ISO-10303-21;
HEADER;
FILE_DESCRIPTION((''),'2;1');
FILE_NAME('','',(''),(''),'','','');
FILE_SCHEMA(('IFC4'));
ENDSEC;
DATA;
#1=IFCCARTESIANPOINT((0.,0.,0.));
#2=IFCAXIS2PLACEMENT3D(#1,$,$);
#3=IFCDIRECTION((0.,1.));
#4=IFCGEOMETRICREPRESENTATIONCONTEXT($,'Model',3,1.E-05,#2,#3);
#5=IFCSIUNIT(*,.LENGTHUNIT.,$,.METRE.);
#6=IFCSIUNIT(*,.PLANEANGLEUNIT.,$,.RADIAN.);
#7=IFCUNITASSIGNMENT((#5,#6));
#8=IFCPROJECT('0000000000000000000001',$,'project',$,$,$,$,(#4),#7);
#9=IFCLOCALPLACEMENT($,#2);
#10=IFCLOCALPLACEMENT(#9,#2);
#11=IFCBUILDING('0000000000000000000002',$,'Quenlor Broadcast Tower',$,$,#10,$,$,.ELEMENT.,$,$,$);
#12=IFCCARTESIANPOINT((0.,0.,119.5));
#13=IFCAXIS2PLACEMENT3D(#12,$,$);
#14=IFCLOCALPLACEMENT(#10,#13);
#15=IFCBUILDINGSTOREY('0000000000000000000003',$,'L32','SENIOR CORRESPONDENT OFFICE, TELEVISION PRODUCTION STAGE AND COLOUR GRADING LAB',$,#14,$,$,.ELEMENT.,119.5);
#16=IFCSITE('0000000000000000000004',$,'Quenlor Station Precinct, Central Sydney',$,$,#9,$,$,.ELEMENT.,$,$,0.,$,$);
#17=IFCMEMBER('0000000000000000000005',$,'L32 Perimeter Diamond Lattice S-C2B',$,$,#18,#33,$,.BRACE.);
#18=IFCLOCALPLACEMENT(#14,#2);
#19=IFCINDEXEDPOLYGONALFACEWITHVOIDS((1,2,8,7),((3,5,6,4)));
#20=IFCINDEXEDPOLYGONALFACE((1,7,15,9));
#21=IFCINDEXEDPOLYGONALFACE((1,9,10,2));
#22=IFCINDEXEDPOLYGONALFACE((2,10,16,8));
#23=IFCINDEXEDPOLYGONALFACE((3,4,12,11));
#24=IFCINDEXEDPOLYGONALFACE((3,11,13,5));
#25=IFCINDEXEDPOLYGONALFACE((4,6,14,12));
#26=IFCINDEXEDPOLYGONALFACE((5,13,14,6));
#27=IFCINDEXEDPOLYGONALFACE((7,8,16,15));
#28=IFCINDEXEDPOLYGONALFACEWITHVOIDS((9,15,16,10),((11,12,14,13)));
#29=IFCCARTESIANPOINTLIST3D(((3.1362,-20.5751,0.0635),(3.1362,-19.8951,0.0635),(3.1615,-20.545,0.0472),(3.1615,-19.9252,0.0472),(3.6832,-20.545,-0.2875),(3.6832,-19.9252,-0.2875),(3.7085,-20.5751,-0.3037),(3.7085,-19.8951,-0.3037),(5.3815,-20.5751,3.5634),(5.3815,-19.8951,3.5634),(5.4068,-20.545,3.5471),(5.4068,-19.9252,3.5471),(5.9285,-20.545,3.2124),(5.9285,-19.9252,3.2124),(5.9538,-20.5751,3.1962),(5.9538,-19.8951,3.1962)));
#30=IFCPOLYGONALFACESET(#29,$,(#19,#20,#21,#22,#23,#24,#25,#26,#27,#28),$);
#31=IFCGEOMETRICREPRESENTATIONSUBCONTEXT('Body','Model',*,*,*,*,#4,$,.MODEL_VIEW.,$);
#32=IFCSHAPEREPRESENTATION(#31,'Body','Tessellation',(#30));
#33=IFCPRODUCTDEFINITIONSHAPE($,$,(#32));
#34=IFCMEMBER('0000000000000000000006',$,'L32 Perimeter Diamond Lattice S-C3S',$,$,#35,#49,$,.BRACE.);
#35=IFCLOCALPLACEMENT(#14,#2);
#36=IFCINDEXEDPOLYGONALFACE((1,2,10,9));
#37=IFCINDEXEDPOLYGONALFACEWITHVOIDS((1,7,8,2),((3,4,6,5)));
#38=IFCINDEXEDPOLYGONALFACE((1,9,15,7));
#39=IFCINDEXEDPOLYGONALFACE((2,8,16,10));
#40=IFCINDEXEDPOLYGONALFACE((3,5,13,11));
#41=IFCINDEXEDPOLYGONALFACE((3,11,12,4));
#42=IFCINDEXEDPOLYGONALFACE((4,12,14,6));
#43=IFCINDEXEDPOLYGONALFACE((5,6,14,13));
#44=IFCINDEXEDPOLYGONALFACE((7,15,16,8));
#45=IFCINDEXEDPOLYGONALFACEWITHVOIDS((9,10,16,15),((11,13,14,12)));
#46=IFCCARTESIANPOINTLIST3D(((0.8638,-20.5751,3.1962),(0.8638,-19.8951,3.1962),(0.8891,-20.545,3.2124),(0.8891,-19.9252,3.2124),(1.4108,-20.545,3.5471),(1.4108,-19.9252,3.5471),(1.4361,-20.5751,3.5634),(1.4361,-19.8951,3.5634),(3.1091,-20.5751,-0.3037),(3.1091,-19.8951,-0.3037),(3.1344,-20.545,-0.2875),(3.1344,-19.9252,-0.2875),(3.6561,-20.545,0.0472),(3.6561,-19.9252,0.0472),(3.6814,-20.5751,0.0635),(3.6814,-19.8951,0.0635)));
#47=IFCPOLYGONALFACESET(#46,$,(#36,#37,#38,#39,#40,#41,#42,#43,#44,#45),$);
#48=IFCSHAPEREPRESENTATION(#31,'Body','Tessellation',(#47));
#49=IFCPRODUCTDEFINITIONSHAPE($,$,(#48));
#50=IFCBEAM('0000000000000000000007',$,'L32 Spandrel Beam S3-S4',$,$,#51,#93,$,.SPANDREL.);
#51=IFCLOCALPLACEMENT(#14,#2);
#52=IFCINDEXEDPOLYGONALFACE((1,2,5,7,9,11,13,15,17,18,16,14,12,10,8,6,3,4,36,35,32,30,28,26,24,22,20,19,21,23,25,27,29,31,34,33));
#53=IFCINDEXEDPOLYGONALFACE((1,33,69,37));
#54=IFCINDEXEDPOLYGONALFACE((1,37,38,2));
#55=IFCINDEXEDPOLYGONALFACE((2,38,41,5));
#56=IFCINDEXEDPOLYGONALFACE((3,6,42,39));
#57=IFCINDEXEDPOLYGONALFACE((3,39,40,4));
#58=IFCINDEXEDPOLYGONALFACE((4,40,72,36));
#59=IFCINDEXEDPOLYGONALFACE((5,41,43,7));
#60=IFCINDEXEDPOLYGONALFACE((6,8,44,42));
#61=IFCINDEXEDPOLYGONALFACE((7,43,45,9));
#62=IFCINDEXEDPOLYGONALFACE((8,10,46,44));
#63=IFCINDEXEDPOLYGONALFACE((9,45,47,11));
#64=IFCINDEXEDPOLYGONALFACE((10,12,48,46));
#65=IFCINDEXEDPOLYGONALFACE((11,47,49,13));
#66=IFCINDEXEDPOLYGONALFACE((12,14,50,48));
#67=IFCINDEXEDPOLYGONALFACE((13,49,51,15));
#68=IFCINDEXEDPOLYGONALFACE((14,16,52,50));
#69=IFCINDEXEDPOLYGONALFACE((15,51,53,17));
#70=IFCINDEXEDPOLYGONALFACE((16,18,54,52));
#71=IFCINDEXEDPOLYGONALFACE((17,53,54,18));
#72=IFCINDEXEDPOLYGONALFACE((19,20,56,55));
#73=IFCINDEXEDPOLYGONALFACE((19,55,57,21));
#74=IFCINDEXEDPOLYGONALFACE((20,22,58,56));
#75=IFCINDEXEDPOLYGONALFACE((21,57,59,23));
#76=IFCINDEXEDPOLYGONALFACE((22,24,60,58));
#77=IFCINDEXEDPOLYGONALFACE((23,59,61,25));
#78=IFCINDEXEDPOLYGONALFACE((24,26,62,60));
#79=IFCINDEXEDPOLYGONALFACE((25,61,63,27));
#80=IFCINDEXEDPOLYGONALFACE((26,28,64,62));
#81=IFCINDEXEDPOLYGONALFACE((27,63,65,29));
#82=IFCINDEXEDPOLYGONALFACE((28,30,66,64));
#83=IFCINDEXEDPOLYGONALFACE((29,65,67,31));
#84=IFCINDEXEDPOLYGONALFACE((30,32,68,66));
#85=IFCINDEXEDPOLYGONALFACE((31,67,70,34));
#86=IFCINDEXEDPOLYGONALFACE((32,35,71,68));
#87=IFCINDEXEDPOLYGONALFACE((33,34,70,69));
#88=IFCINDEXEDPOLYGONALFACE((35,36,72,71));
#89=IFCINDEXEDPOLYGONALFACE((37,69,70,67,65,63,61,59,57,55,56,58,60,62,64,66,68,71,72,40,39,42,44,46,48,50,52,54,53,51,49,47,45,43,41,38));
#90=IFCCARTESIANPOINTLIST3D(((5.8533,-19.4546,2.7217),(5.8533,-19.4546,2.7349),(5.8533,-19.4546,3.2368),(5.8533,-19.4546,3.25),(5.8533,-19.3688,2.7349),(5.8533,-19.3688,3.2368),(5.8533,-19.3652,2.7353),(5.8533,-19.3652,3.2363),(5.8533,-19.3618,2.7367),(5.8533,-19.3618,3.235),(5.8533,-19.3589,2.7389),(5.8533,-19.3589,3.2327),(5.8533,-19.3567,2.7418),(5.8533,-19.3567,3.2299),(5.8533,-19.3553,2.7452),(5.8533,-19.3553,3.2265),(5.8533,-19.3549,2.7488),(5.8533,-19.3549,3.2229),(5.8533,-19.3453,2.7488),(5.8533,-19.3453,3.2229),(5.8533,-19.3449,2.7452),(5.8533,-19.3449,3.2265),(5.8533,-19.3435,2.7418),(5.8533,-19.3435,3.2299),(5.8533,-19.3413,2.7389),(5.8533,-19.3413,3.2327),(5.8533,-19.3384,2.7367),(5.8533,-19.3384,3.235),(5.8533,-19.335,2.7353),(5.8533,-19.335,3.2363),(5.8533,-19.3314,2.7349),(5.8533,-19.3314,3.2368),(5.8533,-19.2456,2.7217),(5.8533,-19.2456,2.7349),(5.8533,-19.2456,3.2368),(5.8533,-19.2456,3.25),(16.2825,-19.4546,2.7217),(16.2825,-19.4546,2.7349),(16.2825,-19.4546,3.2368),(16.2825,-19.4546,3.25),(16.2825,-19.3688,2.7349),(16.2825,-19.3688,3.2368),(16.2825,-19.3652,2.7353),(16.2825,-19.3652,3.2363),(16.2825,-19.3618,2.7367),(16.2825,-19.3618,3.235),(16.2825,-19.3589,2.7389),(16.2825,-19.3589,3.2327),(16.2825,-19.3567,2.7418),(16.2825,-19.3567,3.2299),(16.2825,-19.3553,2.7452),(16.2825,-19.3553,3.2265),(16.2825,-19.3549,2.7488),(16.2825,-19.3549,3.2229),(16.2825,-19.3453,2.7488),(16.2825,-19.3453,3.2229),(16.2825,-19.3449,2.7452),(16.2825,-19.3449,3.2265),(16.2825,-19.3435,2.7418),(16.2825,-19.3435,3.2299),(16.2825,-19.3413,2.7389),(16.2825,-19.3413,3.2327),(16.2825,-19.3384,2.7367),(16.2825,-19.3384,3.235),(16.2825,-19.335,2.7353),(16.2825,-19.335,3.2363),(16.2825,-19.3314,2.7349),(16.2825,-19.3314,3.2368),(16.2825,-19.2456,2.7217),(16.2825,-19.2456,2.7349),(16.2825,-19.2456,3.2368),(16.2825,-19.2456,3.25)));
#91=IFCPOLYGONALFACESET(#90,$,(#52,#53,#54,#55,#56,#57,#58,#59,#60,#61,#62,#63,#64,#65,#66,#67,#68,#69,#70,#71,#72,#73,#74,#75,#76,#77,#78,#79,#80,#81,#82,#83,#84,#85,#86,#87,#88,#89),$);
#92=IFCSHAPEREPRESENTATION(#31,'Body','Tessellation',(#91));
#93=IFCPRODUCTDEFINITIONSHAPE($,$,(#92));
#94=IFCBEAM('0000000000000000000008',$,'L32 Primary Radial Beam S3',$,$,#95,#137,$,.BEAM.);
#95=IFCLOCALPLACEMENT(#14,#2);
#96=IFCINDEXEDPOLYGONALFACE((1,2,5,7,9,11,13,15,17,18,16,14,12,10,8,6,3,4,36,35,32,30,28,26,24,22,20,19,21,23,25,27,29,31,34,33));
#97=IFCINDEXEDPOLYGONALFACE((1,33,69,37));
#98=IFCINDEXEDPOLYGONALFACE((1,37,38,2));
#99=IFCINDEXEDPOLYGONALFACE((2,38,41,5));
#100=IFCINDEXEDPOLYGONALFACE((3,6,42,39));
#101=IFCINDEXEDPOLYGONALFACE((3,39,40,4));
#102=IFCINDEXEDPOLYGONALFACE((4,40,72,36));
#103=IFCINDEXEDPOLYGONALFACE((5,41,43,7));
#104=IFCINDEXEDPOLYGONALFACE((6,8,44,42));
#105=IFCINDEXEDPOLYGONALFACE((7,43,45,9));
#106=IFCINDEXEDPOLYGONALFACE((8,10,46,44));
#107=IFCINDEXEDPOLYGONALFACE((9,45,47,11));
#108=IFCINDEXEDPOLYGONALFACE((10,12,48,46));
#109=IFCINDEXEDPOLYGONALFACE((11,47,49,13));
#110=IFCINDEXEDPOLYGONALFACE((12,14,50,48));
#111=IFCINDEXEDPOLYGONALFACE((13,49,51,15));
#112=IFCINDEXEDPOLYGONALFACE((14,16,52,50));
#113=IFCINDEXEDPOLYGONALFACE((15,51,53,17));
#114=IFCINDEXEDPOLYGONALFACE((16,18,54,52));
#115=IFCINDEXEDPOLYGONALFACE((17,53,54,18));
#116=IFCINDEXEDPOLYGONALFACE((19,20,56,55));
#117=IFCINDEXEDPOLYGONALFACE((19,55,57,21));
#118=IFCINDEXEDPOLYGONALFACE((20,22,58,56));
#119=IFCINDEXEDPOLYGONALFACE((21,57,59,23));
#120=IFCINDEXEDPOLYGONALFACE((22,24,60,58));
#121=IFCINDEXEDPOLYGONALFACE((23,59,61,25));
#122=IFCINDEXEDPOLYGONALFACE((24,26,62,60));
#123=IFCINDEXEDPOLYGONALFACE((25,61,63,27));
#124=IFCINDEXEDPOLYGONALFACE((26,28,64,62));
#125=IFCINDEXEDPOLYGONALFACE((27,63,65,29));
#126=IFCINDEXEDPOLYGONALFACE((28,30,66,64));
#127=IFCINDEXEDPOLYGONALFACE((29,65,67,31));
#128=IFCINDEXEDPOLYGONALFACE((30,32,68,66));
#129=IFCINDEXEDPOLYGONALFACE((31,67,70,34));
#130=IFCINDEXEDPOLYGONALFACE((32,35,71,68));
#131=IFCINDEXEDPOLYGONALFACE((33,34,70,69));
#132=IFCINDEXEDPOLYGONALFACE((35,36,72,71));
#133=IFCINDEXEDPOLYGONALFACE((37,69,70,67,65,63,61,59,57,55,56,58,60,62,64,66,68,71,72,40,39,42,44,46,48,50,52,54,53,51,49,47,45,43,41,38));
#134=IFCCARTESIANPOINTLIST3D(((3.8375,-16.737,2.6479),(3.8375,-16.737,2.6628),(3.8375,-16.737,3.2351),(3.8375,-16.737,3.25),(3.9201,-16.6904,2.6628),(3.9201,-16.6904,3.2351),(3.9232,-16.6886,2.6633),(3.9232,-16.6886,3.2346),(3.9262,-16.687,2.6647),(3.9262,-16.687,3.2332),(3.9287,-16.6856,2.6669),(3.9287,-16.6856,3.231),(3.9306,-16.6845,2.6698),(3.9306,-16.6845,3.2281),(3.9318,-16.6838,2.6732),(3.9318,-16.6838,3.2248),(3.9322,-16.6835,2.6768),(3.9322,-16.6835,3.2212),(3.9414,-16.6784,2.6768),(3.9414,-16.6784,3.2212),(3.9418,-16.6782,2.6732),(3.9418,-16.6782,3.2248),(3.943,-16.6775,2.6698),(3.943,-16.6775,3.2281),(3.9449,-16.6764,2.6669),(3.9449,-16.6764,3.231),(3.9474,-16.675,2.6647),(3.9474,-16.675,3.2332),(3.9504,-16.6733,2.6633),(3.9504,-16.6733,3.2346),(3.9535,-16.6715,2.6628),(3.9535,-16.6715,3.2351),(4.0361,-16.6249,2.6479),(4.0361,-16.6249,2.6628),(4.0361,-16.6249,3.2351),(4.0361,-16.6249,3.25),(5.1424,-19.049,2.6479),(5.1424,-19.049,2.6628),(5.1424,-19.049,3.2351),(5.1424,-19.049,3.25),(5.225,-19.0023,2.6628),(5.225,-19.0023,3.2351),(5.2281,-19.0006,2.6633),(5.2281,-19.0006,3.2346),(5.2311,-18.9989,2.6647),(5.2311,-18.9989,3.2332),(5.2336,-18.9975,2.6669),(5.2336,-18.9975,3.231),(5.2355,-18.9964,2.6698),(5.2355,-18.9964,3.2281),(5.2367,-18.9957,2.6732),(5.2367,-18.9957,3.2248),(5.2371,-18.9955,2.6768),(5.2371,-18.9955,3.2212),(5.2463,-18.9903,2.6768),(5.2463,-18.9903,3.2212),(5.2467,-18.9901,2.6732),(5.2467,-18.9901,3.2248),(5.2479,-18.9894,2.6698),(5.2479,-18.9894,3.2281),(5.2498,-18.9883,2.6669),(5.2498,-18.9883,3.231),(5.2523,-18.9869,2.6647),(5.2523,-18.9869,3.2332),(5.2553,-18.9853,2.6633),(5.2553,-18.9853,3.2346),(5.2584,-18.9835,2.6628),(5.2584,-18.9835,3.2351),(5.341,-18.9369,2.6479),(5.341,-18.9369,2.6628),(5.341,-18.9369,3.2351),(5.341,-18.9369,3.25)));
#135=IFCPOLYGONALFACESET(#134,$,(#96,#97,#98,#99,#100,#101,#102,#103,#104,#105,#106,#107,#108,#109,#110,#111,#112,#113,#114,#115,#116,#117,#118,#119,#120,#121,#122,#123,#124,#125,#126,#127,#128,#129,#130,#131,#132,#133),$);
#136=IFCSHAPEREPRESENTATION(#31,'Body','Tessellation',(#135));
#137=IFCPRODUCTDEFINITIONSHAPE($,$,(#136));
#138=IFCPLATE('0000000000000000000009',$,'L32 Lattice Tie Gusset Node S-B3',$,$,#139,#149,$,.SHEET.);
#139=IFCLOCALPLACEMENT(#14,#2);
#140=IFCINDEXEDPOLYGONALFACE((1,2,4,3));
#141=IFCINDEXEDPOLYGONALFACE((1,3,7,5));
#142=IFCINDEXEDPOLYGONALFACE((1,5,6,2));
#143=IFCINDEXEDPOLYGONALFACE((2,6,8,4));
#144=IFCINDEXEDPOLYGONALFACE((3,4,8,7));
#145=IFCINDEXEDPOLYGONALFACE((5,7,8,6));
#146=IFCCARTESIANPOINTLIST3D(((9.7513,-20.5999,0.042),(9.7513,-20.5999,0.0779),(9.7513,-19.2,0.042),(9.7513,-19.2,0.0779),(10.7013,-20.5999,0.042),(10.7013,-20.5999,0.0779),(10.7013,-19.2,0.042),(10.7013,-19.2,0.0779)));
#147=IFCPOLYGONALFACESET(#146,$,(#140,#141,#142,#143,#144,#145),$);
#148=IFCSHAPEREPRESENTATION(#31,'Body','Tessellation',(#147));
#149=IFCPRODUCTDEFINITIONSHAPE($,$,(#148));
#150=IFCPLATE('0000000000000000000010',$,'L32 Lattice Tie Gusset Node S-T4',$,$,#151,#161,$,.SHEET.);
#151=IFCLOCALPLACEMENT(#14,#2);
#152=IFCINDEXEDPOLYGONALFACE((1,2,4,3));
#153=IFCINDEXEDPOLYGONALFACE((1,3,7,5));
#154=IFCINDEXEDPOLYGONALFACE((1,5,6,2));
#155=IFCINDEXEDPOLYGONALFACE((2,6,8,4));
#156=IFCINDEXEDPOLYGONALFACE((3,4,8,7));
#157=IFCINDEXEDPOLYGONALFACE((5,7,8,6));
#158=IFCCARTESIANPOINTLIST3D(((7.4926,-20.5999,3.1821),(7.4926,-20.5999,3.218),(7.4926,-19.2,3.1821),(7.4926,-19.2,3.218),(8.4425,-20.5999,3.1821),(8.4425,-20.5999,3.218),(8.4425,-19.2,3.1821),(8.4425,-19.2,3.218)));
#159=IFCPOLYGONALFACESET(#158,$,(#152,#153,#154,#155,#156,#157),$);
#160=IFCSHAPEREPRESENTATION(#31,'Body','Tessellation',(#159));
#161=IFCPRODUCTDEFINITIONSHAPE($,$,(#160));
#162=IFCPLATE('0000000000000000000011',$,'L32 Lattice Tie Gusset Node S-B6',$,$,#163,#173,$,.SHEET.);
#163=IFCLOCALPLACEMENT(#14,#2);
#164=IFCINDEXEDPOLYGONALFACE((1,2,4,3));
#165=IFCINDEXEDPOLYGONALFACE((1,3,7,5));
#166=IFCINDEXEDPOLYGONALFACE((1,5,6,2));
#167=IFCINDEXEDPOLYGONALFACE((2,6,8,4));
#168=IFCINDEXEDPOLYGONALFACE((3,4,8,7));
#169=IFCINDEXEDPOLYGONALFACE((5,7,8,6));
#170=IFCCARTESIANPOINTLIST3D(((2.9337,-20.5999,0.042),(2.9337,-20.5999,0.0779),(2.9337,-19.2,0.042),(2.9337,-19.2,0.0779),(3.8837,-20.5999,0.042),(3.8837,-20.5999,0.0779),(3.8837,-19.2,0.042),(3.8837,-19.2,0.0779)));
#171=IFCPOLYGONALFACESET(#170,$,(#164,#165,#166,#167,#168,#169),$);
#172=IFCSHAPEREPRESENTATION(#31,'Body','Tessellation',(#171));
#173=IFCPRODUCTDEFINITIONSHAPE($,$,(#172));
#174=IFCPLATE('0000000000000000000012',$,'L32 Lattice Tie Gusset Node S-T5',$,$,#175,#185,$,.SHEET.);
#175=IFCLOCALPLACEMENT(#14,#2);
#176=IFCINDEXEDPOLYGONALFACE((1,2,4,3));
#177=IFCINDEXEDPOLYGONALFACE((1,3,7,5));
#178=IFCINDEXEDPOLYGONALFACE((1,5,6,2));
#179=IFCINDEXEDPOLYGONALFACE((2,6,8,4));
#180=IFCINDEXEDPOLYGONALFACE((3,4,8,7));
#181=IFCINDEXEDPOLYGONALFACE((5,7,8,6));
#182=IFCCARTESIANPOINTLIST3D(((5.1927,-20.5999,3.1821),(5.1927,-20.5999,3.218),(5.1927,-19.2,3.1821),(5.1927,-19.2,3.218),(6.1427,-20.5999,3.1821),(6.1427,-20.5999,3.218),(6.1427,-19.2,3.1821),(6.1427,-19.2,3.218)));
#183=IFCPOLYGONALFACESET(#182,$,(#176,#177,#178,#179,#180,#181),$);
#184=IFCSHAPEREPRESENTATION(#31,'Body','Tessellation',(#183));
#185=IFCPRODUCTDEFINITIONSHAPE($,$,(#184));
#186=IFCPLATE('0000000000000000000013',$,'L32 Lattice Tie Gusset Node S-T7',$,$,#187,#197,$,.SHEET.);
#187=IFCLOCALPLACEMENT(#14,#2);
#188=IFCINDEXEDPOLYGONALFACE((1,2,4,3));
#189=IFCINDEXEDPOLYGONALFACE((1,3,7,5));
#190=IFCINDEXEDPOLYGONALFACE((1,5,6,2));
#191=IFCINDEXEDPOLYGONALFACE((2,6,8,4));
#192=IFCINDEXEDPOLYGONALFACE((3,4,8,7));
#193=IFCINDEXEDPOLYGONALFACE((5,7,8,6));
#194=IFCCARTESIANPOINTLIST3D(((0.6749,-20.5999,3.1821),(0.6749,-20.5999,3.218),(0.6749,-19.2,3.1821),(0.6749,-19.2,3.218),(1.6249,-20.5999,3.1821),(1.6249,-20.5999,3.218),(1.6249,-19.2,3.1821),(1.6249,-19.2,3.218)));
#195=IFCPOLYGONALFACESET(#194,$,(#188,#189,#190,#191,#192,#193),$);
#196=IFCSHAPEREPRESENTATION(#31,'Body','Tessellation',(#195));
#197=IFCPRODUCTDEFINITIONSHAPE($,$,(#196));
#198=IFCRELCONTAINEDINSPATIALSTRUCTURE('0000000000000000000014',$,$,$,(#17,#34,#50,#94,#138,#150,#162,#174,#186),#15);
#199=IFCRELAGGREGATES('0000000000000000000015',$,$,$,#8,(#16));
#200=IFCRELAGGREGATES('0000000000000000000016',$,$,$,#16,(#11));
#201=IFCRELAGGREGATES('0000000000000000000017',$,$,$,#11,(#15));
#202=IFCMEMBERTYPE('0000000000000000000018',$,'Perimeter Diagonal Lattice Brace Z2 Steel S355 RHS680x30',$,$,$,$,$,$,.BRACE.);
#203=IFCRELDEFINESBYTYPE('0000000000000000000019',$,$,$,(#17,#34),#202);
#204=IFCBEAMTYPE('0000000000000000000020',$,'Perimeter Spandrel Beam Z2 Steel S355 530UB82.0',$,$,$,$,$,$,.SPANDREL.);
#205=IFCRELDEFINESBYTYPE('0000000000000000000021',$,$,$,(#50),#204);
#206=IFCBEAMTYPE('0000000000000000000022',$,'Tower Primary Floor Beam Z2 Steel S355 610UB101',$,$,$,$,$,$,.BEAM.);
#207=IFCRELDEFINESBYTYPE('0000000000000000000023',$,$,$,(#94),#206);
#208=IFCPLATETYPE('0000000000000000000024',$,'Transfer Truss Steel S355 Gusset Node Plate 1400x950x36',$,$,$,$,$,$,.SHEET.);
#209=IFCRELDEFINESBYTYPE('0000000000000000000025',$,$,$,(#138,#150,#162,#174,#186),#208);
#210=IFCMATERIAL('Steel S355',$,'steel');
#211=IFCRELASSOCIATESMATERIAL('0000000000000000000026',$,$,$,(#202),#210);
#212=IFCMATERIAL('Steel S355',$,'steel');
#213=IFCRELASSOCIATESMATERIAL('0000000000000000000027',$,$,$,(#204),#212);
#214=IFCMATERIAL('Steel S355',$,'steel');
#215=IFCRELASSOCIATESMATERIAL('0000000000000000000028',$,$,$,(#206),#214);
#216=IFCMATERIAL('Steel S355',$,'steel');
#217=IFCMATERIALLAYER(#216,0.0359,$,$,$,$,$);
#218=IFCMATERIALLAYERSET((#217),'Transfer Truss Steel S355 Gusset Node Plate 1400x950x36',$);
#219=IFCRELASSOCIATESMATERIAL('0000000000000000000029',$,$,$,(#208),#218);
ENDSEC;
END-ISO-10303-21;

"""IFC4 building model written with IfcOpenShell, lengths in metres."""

from ifc_helpers import new_model, si_unit, direction, frame, origin, origin_2d, place, context, subcontext, project, spatial, rectangle, hollow_rectangle, i_section, extrude, material, layer, layer_set, material_profile, profile_set, type_object, element, save


model = new_model("IFC4")

# Units and contexts
model_context = context("Model", 3, precision=1e-05, world=origin(), true_north=direction((0.0, 1.0)))
body_context = subcontext(model_context, "Body", "Model", "MODEL_VIEW")
ifc_project = project(units=[si_unit("LENGTHUNIT", "METRE"), si_unit("PLANEANGLEUNIT", "RADIAN")], contexts=[model_context])

# Site, building, storey
site_placement = place(None, origin())
site = spatial("IfcSite", under=ifc_project, at=site_placement, Name="Quenlor Station Precinct, Central Sydney", CompositionType="ELEMENT", RefElevation=0.0)
building_placement = place(site_placement, origin())
building = spatial("IfcBuilding", under=site, at=building_placement, Name="Quenlor Broadcast Tower", CompositionType="ELEMENT")
storey_placement = place(building_placement, frame((0.0, 0.0, 119.5)))
storey = spatial("IfcBuildingStorey", under=building, at=storey_placement, Name="L32", Description="SENIOR CORRESPONDENT OFFICE, TELEVISION PRODUCTION STAGE AND COLOUR GRADING LAB", CompositionType="ELEMENT", Elevation=119.5)

# Members
ifc_material_1 = material(Name="Steel S355", Category="steel")
ifc_material_profile_1 = material_profile(ifc_material_1, hollow_rectangle(XDim=0.6799, YDim=0.6799, WallThickness=0.03, at=origin_2d()))
ifc_profile_set_1 = profile_set([ifc_material_profile_1], Name="Steel S355 RHS680x680x30")
member_type_1 = type_object("IfcMemberType", Name="Perimeter Diagonal Lattice Brace Z2 Steel S355 RHS680x30", PredefinedType="BRACE", material=ifc_profile_set_1)
for number, where, z_axis, x_axis, name in (
    (1, (3.4224, -20.2351, -0.1201), (0.539968, 0.0, 0.841686), (0.0, 1.0, 0.0), "L32 Perimeter Diamond Lattice S-C2B"),
    (2, (3.3953, -20.2351, -0.1201), (-0.539968, 0.0, 0.841686), (0.0, -1.0, 0.0), "L32 Perimeter Diamond Lattice S-C3S"),
):
    element("IfcMember", number, at=place(storey_placement, frame(where, z_axis=z_axis, x_axis=x_axis)), inside=storey, type_object=member_type_1, Name=name, PredefinedType="BRACE", context=body_context, shape_type="SweptSolid", body=[
        extrude(hollow_rectangle(XDim=0.6799, YDim=0.6799, WallThickness=0.03, at=origin_2d()), origin(), (0.0, 0.0, 1.0), 4.1582),
    ])

# Beams
ifc_material_2 = material(Name="Steel S355", Category="steel")
ifc_material_profile_2 = material_profile(ifc_material_2, i_section(OverallWidth=0.209, OverallDepth=0.5283, WebThickness=0.0095, FlangeThickness=0.0132, FilletRadius=0.0139, at=origin_2d()))
ifc_profile_set_2 = profile_set([ifc_material_profile_2], Name="Steel S355 530UB82.0")
beam_type_1 = type_object("IfcBeamType", Name="Perimeter Spandrel Beam Z2 Steel S355 530UB82.0", PredefinedType="SPANDREL", material=ifc_profile_set_2)
beam_1_placement = place(storey_placement, frame((5.8533, -19.3501, 2.9858), z_axis=(1.0, 0.0, 0.0), x_axis=(0.0, 1.0, 0.0)))
element("IfcBeam", 3, at=beam_1_placement, inside=storey, type_object=beam_type_1, Name="L32 Spandrel Beam S3-S4", PredefinedType="SPANDREL", context=body_context, shape_type="SweptSolid", body=[
    extrude(i_section(OverallWidth=0.209, OverallDepth=0.5283, WebThickness=0.0095, FlangeThickness=0.0132, FilletRadius=0.0139, at=origin_2d()), origin(), (0.0, 0.0, 1.0), 10.4292),
])
ifc_material_3 = material(Name="Steel S355", Category="steel")
ifc_material_profile_3 = material_profile(ifc_material_3, i_section(OverallWidth=0.228, OverallDepth=0.6021, WebThickness=0.0105, FlangeThickness=0.0149, FilletRadius=0.0139, at=origin_2d()))
ifc_profile_set_3 = profile_set([ifc_material_profile_3], Name="Steel S355 610UB101")
beam_type_2 = type_object("IfcBeamType", Name="Tower Primary Floor Beam Z2 Steel S355 610UB101", PredefinedType="BEAM", material=ifc_profile_set_3)
beam_2_placement = place(storey_placement, frame((5.2417, -18.9929, 2.949), z_axis=(-0.491527, 0.870862, 0.0), x_axis=(-0.870862, -0.491527, 0.0)))
element("IfcBeam", 4, at=beam_2_placement, inside=storey, type_object=beam_type_2, Name="L32 Primary Radial Beam S3", PredefinedType="BEAM", context=body_context, shape_type="SweptSolid", body=[
    extrude(i_section(OverallWidth=0.228, OverallDepth=0.6021, WebThickness=0.0105, FlangeThickness=0.0149, FilletRadius=0.0139, at=origin_2d()), origin(), (0.0, 0.0, 1.0), 2.6548),
])

# Plates
ifc_material_4 = material(Name="Steel S355", Category="steel")
ifc_layer_1 = layer(ifc_material_4, 0.0359)
ifc_layer_set_1 = layer_set([ifc_layer_1], Name="Transfer Truss Steel S355 Gusset Node Plate 1400x950x36")
plate_type = type_object("IfcPlateType", Name="Transfer Truss Steel S355 Gusset Node Plate 1400x950x36", PredefinedType="SHEET", material=ifc_layer_set_1)
for number, where, z_axis, x_axis, name in (
    (5, (10.2263, -19.8999, 0.042), (0.0, 0.0, 1.0), (0.0, -1.0, 0.0), "L32 Lattice Tie Gusset Node S-B3"),
    (6, (7.9675, -19.8999, 3.1821), (0.0, 0.0, 1.0), (0.0, -1.0, 0.0), "L32 Lattice Tie Gusset Node S-T4"),
    (7, (3.4087, -19.8999, 0.042), (0.0, 0.0, 1.0), (0.0, -1.0, 0.0), "L32 Lattice Tie Gusset Node S-B6"),
    (8, (5.6677, -19.8999, 3.1821), (0.0, 0.0, 1.0), (0.0, -1.0, 0.0), "L32 Lattice Tie Gusset Node S-T5"),
    (9, (1.1499, -19.8999, 3.1821), (0.0, 0.0, 1.0), (0.0, -1.0, 0.0), "L32 Lattice Tie Gusset Node S-T7"),
):
    element("IfcPlate", number, at=place(storey_placement, frame(where, z_axis=z_axis, x_axis=x_axis)), inside=storey, type_object=plate_type, Name=name, PredefinedType="SHEET", context=body_context, shape_type="SweptSolid", body=[
        extrude(rectangle(XDim=1.3999, YDim=0.95, at=origin_2d()), origin(), (0.0, 0.0, 1.0), 0.0359),
    ])

save(model, "model.ifc")
